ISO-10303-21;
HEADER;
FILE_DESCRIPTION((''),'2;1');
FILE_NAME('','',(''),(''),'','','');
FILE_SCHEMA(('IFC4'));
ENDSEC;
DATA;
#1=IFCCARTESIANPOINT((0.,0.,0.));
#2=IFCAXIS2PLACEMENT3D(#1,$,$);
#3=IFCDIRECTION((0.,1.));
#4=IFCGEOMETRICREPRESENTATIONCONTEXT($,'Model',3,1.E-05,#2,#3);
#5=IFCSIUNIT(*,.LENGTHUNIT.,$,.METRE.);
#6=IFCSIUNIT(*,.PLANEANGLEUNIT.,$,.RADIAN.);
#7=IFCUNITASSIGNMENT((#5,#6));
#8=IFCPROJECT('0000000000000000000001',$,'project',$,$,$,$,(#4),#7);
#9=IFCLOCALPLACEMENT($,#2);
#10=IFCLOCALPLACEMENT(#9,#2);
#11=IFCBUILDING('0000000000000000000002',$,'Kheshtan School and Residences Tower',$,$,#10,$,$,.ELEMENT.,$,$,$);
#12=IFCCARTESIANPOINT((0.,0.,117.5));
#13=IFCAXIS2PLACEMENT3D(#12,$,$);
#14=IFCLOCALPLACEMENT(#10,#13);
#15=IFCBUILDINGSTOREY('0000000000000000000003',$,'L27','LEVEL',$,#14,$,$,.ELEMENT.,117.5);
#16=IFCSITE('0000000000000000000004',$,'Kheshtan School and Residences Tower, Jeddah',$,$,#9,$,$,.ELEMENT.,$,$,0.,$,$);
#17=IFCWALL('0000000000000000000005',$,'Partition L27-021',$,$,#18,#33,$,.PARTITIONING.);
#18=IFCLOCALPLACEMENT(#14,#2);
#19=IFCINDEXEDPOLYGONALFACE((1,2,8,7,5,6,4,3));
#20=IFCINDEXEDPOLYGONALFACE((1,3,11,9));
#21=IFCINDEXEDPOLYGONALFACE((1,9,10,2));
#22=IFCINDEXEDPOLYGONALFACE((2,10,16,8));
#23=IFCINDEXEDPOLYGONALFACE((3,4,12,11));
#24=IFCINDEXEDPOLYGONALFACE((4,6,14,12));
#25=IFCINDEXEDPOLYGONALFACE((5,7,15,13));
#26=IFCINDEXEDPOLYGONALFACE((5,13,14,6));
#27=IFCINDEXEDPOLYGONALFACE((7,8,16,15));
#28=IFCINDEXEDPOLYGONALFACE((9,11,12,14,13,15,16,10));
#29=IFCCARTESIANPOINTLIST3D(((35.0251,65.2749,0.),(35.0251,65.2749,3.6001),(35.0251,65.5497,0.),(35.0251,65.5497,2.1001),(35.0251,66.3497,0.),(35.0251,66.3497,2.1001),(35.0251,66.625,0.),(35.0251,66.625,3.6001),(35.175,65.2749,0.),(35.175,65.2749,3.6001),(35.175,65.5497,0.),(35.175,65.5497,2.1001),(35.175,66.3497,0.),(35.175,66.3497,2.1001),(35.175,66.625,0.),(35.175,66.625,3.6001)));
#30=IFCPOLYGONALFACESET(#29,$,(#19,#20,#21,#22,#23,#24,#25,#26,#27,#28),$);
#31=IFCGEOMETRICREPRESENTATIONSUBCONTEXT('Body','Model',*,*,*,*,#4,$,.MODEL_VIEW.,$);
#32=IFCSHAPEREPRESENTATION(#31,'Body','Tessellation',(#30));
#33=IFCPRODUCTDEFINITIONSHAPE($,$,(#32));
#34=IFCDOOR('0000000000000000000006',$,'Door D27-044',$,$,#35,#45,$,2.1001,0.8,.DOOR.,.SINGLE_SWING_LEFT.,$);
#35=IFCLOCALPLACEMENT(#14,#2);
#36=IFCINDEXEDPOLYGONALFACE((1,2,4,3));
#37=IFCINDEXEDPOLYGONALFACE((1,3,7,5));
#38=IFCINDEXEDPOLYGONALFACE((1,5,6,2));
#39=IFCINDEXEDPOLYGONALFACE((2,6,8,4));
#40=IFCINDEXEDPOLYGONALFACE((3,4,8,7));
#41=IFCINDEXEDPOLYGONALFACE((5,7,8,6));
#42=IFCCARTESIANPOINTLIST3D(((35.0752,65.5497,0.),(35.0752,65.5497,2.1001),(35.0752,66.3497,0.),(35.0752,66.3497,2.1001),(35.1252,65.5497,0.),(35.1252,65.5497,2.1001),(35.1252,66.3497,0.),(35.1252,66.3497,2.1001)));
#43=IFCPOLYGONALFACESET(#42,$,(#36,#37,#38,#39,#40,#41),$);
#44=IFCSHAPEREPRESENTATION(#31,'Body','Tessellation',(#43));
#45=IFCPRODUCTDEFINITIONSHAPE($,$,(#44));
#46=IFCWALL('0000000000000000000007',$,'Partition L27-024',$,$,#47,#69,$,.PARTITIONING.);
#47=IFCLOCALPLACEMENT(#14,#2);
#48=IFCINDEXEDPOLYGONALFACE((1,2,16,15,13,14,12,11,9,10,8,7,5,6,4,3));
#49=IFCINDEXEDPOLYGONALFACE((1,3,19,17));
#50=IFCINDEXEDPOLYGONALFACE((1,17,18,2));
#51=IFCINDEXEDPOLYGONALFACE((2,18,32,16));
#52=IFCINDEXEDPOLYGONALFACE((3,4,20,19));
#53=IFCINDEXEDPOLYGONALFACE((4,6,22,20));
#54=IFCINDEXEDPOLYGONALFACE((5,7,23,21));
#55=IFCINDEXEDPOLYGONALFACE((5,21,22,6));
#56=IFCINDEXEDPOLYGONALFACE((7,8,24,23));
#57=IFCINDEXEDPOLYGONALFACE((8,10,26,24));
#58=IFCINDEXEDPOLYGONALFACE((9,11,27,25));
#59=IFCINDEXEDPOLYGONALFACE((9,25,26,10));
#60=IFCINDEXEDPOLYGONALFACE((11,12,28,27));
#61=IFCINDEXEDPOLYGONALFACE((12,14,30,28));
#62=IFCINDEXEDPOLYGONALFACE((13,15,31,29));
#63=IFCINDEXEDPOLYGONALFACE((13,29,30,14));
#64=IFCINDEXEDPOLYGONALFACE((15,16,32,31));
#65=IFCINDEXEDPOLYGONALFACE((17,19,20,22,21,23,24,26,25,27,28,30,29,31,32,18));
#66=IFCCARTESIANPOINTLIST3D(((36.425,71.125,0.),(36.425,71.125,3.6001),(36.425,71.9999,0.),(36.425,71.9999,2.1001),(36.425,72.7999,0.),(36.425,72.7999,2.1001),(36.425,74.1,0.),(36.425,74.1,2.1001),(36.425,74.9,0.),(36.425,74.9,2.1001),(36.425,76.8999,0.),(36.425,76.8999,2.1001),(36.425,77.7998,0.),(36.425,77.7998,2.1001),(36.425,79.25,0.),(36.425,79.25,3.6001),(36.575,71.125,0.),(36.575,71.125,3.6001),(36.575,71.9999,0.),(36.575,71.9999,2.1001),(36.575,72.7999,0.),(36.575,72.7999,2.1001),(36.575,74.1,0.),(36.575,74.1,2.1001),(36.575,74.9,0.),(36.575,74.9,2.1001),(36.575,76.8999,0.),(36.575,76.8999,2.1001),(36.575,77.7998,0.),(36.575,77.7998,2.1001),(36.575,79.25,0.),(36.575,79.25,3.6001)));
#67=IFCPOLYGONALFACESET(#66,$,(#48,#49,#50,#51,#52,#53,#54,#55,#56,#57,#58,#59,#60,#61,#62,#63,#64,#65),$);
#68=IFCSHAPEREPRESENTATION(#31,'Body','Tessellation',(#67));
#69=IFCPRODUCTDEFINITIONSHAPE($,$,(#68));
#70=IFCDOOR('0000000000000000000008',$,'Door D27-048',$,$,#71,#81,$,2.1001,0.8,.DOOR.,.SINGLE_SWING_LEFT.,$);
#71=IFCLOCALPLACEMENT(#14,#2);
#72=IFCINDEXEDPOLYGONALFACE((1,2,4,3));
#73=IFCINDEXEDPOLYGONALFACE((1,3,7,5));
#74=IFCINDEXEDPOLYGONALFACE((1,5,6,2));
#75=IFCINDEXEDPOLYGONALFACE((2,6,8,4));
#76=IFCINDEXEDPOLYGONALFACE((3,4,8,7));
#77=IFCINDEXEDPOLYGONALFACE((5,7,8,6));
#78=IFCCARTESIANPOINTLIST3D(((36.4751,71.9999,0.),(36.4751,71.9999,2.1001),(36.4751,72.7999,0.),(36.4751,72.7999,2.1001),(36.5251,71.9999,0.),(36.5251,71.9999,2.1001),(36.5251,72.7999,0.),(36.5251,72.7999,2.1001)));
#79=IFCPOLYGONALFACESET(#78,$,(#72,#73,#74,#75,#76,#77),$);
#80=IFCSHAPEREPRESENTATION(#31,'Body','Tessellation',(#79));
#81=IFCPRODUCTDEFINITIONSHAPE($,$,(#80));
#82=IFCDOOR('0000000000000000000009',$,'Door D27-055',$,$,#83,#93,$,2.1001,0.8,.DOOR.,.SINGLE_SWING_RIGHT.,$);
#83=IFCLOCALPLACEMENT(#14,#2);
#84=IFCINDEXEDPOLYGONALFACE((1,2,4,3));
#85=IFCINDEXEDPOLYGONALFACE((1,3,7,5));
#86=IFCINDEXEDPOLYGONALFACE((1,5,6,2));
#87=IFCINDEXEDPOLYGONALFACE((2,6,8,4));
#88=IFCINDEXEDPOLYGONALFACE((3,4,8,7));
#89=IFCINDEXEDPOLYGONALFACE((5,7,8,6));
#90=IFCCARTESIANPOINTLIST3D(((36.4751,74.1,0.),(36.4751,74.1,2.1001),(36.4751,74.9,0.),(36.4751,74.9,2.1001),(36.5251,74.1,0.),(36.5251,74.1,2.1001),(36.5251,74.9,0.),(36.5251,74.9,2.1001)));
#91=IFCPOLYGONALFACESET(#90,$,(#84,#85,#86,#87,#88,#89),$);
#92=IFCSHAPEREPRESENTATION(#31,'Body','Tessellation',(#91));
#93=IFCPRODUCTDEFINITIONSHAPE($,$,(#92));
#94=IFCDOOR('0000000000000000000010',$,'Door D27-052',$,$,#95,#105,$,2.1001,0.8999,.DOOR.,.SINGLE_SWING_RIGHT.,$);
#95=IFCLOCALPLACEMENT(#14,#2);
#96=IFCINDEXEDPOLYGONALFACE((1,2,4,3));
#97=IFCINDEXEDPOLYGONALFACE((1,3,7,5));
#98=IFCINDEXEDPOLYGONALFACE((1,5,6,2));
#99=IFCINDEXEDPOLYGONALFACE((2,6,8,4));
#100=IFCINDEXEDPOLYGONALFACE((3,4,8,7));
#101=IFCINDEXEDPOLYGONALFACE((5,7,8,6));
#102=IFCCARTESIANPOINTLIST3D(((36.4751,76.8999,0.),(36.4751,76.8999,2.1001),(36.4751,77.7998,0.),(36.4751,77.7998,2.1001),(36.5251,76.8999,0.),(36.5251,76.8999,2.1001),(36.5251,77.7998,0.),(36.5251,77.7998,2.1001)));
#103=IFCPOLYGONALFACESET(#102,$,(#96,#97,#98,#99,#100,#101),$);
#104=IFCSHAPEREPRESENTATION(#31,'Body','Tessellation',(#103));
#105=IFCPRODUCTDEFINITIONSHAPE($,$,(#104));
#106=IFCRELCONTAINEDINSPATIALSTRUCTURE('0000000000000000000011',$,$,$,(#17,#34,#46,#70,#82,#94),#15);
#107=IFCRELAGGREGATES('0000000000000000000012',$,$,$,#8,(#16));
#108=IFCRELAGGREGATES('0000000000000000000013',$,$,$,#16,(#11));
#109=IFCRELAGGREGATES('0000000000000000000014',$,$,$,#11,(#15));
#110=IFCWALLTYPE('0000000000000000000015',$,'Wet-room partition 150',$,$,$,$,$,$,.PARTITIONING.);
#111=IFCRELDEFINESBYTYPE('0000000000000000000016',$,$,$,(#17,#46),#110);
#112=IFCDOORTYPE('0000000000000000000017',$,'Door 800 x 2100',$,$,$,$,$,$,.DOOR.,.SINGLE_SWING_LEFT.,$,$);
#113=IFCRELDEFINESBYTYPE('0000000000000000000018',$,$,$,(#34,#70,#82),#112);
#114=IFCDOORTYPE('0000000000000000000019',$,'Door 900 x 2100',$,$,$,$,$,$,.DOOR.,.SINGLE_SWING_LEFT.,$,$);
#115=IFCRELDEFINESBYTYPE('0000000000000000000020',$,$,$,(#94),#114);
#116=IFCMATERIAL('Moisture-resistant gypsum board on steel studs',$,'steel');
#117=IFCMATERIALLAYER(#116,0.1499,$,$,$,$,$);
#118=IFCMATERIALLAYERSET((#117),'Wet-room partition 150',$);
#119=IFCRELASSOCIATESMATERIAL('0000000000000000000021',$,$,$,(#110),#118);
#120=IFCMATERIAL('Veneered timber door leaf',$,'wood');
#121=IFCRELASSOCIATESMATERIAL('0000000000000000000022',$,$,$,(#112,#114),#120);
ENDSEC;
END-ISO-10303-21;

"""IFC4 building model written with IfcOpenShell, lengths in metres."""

from ifc_helpers import new_model, si_unit, direction, frame, frame_2d, origin, place, context, subcontext, project, spatial, rectangle, extrude, source, transform, mapped, material, layer, layer_set, type_object, element, fill, save


model = new_model("IFC4")

# Units and contexts
model_context = context("Model", 3, precision=1e-05, world=origin(), true_north=direction((0.0, 1.0)))
body_context = subcontext(model_context, "Body", "Model", "MODEL_VIEW")
ifc_project = project(units=[si_unit("LENGTHUNIT", "METRE"), si_unit("PLANEANGLEUNIT", "RADIAN")], contexts=[model_context])

# Site, building, storey
site_placement = place(None, origin())
site = spatial("IfcSite", under=ifc_project, at=site_placement, Name="Kheshtan School and Residences Tower, Jeddah", CompositionType="ELEMENT", RefElevation=0.0)
building_placement = place(site_placement, origin())
building = spatial("IfcBuilding", under=site, at=building_placement, Name="Kheshtan School and Residences Tower", CompositionType="ELEMENT")
storey_placement = place(building_placement, frame((0.0, 0.0, 117.5)))
storey = spatial("IfcBuildingStorey", under=building, at=storey_placement, Name="L27", Description="LEVEL", CompositionType="ELEMENT", Elevation=117.5)

# Shared definitions
ifc_material_1 = material(Name="Moisture-resistant gypsum board on steel studs", Category="steel")
ifc_layer_1 = layer(ifc_material_1, 0.1499)
ifc_layer_set_1 = layer_set([ifc_layer_1], Name="Wet-room partition 150")
wall_type_1 = type_object("IfcWallType", Name="Wet-room partition 150", PredefinedType="PARTITIONING", material=ifc_layer_set_1)

# Wall, opening, door
wall_1_placement = place(storey_placement, frame((35.1001, 65.2749, 0.0), z_axis=(0.0, 0.0, 1.0), x_axis=(0.0, 1.0, 0.0)))
wall_1 = element("IfcWall", 1, at=wall_1_placement, inside=storey, type_object=wall_type_1, Name="Partition L27-021", PredefinedType="PARTITIONING", context=body_context, shape_type="SweptSolid", body=[
    extrude(rectangle(XDim=1.3501, YDim=0.1499, at=frame_2d((0.675, 0.0))), origin(), (0.0, 0.0, 1.0), 3.6001),
])
opening_1_placement = place(wall_1_placement, frame((0.2749, 0.0, 0.0)))
opening_1 = element("IfcOpeningElement", 2, at=opening_1_placement, cuts=wall_1, PredefinedType="OPENING", context=body_context, shape_type="SweptSolid", body=[
    extrude(rectangle(XDim=0.8, YDim=2.1001, at=frame_2d((0.3999, 1.05))), frame((0.0, 0.085, 0.0), z_axis=(0.0, -1.0, 0.0), x_axis=(1.0, 0.0, 0.0)), (0.0, 0.0, 1.0), 0.1699),
])
ifc_material_2 = material(Name="Veneered timber door leaf", Category="wood")
door_type_1 = type_object("IfcDoorType", Name="Door 800 x 2100", OperationType="SINGLE_SWING_LEFT", PredefinedType="DOOR", material=ifc_material_2)
shared_shape_1 = source(origin(), body_context, "Body", "SweptSolid", [
    extrude(rectangle(XDim=0.8, YDim=2.1001, at=frame_2d((0.3999, 1.05))), frame((0.0, 0.0249, 0.0), z_axis=(0.0, -1.0, 0.0), x_axis=(1.0, 0.0, 0.0)), (0.0, 0.0, 1.0), 0.05),
])
door_1_placement = place(opening_1_placement, origin())
door_1 = element("IfcDoor", 3, at=door_1_placement, inside=storey, type_object=door_type_1, Name="Door D27-044", OperationType="SINGLE_SWING_LEFT", OverallHeight=2.1001, OverallWidth=0.8, PredefinedType="DOOR", context=body_context, shape_type="MappedRepresentation", body=[
    mapped(shared_shape_1, transform((0.0, 0.0, 0.0), x_axis=(1.0, 0.0, 0.0), y_axis=(0.0, 1.0, 0.0), z_axis=(0.0, 0.0, 1.0), scale=1.0)),
])
fill(opening_1, door_1)

# Wall, openings, doors
wall_2_placement = place(storey_placement, frame((36.5, 71.125, 0.0), z_axis=(0.0, 0.0, 1.0), x_axis=(0.0, 1.0, 0.0)))
wall_2 = element("IfcWall", 4, at=wall_2_placement, inside=storey, type_object=wall_type_1, Name="Partition L27-024", PredefinedType="PARTITIONING", context=body_context, shape_type="SweptSolid", body=[
    extrude(rectangle(XDim=8.125, YDim=0.1499, at=frame_2d((4.0625, 0.0))), origin(), (0.0, 0.0, 1.0), 3.6001),
])
opening_2_placement = place(wall_2_placement, frame((0.875, 0.0, 0.0)))
opening_2 = element("IfcOpeningElement", 5, at=opening_2_placement, cuts=wall_2, PredefinedType="OPENING", context=body_context, shape_type="SweptSolid", body=[
    extrude(rectangle(XDim=0.8, YDim=2.1001, at=frame_2d((0.3999, 1.05))), frame((0.0, 0.085, 0.0), z_axis=(0.0, -1.0, 0.0), x_axis=(1.0, 0.0, 0.0)), (0.0, 0.0, 1.0), 0.1699),
])
opening_3_placement = place(wall_2_placement, frame((5.7749, 0.0, 0.0)))
opening_3 = element("IfcOpeningElement", 6, at=opening_3_placement, cuts=wall_2, PredefinedType="OPENING", context=body_context, shape_type="SweptSolid", body=[
    extrude(rectangle(XDim=0.8999, YDim=2.1001, at=frame_2d((0.45, 1.05))), frame((0.0, 0.085, 0.0), z_axis=(0.0, -1.0, 0.0), x_axis=(1.0, 0.0, 0.0)), (0.0, 0.0, 1.0), 0.1699),
])
opening_4_placement = place(wall_2_placement, frame((2.9751, 0.0, 0.0)))
opening_4 = element("IfcOpeningElement", 7, at=opening_4_placement, cuts=wall_2, PredefinedType="OPENING", context=body_context, shape_type="SweptSolid", body=[
    extrude(rectangle(XDim=0.8, YDim=2.1001, at=frame_2d((0.3999, 1.05))), frame((0.0, 0.085, 0.0), z_axis=(0.0, -1.0, 0.0), x_axis=(1.0, 0.0, 0.0)), (0.0, 0.0, 1.0), 0.1699),
])
door_2_placement = place(opening_2_placement, origin())
door_2 = element("IfcDoor", 8, at=door_2_placement, inside=storey, type_object=door_type_1, Name="Door D27-048", OperationType="SINGLE_SWING_LEFT", OverallHeight=2.1001, OverallWidth=0.8, PredefinedType="DOOR", context=body_context, shape_type="MappedRepresentation", body=[
    mapped(shared_shape_1, transform((0.0, 0.0, 0.0), x_axis=(1.0, 0.0, 0.0), y_axis=(0.0, 1.0, 0.0), z_axis=(0.0, 0.0, 1.0), scale=1.0)),
])
fill(opening_2, door_2)
door_3_placement = place(opening_4_placement, origin())
door_3 = element("IfcDoor", 9, at=door_3_placement, inside=storey, type_object=door_type_1, Name="Door D27-055", OperationType="SINGLE_SWING_RIGHT", OverallHeight=2.1001, OverallWidth=0.8, PredefinedType="DOOR", context=body_context, shape_type="MappedRepresentation", body=[
    mapped(shared_shape_1, transform((0.0, 0.0, 0.0), x_axis=(1.0, 0.0, 0.0), y_axis=(0.0, 1.0, 0.0), z_axis=(0.0, 0.0, 1.0), scale=1.0)),
])
fill(opening_4, door_3)
door_type_2 = type_object("IfcDoorType", Name="Door 900 x 2100", OperationType="SINGLE_SWING_LEFT", PredefinedType="DOOR", material=ifc_material_2)
shared_shape_2 = source(origin(), body_context, "Body", "SweptSolid", [
    extrude(rectangle(XDim=0.8999, YDim=2.1001, at=frame_2d((0.45, 1.05))), frame((0.0, 0.0249, 0.0), z_axis=(0.0, -1.0, 0.0), x_axis=(1.0, 0.0, 0.0)), (0.0, 0.0, 1.0), 0.05),
])
door_4_placement = place(opening_3_placement, origin())
door_4 = element("IfcDoor", 10, at=door_4_placement, inside=storey, type_object=door_type_2, Name="Door D27-052", OperationType="SINGLE_SWING_RIGHT", OverallHeight=2.1001, OverallWidth=0.8999, PredefinedType="DOOR", context=body_context, shape_type="MappedRepresentation", body=[
    mapped(shared_shape_2, transform((0.0, 0.0, 0.0), x_axis=(1.0, 0.0, 0.0), y_axis=(0.0, 1.0, 0.0), z_axis=(0.0, 0.0, 1.0), scale=1.0)),
])
fill(opening_3, door_4)

save(model, "model.ifc")
